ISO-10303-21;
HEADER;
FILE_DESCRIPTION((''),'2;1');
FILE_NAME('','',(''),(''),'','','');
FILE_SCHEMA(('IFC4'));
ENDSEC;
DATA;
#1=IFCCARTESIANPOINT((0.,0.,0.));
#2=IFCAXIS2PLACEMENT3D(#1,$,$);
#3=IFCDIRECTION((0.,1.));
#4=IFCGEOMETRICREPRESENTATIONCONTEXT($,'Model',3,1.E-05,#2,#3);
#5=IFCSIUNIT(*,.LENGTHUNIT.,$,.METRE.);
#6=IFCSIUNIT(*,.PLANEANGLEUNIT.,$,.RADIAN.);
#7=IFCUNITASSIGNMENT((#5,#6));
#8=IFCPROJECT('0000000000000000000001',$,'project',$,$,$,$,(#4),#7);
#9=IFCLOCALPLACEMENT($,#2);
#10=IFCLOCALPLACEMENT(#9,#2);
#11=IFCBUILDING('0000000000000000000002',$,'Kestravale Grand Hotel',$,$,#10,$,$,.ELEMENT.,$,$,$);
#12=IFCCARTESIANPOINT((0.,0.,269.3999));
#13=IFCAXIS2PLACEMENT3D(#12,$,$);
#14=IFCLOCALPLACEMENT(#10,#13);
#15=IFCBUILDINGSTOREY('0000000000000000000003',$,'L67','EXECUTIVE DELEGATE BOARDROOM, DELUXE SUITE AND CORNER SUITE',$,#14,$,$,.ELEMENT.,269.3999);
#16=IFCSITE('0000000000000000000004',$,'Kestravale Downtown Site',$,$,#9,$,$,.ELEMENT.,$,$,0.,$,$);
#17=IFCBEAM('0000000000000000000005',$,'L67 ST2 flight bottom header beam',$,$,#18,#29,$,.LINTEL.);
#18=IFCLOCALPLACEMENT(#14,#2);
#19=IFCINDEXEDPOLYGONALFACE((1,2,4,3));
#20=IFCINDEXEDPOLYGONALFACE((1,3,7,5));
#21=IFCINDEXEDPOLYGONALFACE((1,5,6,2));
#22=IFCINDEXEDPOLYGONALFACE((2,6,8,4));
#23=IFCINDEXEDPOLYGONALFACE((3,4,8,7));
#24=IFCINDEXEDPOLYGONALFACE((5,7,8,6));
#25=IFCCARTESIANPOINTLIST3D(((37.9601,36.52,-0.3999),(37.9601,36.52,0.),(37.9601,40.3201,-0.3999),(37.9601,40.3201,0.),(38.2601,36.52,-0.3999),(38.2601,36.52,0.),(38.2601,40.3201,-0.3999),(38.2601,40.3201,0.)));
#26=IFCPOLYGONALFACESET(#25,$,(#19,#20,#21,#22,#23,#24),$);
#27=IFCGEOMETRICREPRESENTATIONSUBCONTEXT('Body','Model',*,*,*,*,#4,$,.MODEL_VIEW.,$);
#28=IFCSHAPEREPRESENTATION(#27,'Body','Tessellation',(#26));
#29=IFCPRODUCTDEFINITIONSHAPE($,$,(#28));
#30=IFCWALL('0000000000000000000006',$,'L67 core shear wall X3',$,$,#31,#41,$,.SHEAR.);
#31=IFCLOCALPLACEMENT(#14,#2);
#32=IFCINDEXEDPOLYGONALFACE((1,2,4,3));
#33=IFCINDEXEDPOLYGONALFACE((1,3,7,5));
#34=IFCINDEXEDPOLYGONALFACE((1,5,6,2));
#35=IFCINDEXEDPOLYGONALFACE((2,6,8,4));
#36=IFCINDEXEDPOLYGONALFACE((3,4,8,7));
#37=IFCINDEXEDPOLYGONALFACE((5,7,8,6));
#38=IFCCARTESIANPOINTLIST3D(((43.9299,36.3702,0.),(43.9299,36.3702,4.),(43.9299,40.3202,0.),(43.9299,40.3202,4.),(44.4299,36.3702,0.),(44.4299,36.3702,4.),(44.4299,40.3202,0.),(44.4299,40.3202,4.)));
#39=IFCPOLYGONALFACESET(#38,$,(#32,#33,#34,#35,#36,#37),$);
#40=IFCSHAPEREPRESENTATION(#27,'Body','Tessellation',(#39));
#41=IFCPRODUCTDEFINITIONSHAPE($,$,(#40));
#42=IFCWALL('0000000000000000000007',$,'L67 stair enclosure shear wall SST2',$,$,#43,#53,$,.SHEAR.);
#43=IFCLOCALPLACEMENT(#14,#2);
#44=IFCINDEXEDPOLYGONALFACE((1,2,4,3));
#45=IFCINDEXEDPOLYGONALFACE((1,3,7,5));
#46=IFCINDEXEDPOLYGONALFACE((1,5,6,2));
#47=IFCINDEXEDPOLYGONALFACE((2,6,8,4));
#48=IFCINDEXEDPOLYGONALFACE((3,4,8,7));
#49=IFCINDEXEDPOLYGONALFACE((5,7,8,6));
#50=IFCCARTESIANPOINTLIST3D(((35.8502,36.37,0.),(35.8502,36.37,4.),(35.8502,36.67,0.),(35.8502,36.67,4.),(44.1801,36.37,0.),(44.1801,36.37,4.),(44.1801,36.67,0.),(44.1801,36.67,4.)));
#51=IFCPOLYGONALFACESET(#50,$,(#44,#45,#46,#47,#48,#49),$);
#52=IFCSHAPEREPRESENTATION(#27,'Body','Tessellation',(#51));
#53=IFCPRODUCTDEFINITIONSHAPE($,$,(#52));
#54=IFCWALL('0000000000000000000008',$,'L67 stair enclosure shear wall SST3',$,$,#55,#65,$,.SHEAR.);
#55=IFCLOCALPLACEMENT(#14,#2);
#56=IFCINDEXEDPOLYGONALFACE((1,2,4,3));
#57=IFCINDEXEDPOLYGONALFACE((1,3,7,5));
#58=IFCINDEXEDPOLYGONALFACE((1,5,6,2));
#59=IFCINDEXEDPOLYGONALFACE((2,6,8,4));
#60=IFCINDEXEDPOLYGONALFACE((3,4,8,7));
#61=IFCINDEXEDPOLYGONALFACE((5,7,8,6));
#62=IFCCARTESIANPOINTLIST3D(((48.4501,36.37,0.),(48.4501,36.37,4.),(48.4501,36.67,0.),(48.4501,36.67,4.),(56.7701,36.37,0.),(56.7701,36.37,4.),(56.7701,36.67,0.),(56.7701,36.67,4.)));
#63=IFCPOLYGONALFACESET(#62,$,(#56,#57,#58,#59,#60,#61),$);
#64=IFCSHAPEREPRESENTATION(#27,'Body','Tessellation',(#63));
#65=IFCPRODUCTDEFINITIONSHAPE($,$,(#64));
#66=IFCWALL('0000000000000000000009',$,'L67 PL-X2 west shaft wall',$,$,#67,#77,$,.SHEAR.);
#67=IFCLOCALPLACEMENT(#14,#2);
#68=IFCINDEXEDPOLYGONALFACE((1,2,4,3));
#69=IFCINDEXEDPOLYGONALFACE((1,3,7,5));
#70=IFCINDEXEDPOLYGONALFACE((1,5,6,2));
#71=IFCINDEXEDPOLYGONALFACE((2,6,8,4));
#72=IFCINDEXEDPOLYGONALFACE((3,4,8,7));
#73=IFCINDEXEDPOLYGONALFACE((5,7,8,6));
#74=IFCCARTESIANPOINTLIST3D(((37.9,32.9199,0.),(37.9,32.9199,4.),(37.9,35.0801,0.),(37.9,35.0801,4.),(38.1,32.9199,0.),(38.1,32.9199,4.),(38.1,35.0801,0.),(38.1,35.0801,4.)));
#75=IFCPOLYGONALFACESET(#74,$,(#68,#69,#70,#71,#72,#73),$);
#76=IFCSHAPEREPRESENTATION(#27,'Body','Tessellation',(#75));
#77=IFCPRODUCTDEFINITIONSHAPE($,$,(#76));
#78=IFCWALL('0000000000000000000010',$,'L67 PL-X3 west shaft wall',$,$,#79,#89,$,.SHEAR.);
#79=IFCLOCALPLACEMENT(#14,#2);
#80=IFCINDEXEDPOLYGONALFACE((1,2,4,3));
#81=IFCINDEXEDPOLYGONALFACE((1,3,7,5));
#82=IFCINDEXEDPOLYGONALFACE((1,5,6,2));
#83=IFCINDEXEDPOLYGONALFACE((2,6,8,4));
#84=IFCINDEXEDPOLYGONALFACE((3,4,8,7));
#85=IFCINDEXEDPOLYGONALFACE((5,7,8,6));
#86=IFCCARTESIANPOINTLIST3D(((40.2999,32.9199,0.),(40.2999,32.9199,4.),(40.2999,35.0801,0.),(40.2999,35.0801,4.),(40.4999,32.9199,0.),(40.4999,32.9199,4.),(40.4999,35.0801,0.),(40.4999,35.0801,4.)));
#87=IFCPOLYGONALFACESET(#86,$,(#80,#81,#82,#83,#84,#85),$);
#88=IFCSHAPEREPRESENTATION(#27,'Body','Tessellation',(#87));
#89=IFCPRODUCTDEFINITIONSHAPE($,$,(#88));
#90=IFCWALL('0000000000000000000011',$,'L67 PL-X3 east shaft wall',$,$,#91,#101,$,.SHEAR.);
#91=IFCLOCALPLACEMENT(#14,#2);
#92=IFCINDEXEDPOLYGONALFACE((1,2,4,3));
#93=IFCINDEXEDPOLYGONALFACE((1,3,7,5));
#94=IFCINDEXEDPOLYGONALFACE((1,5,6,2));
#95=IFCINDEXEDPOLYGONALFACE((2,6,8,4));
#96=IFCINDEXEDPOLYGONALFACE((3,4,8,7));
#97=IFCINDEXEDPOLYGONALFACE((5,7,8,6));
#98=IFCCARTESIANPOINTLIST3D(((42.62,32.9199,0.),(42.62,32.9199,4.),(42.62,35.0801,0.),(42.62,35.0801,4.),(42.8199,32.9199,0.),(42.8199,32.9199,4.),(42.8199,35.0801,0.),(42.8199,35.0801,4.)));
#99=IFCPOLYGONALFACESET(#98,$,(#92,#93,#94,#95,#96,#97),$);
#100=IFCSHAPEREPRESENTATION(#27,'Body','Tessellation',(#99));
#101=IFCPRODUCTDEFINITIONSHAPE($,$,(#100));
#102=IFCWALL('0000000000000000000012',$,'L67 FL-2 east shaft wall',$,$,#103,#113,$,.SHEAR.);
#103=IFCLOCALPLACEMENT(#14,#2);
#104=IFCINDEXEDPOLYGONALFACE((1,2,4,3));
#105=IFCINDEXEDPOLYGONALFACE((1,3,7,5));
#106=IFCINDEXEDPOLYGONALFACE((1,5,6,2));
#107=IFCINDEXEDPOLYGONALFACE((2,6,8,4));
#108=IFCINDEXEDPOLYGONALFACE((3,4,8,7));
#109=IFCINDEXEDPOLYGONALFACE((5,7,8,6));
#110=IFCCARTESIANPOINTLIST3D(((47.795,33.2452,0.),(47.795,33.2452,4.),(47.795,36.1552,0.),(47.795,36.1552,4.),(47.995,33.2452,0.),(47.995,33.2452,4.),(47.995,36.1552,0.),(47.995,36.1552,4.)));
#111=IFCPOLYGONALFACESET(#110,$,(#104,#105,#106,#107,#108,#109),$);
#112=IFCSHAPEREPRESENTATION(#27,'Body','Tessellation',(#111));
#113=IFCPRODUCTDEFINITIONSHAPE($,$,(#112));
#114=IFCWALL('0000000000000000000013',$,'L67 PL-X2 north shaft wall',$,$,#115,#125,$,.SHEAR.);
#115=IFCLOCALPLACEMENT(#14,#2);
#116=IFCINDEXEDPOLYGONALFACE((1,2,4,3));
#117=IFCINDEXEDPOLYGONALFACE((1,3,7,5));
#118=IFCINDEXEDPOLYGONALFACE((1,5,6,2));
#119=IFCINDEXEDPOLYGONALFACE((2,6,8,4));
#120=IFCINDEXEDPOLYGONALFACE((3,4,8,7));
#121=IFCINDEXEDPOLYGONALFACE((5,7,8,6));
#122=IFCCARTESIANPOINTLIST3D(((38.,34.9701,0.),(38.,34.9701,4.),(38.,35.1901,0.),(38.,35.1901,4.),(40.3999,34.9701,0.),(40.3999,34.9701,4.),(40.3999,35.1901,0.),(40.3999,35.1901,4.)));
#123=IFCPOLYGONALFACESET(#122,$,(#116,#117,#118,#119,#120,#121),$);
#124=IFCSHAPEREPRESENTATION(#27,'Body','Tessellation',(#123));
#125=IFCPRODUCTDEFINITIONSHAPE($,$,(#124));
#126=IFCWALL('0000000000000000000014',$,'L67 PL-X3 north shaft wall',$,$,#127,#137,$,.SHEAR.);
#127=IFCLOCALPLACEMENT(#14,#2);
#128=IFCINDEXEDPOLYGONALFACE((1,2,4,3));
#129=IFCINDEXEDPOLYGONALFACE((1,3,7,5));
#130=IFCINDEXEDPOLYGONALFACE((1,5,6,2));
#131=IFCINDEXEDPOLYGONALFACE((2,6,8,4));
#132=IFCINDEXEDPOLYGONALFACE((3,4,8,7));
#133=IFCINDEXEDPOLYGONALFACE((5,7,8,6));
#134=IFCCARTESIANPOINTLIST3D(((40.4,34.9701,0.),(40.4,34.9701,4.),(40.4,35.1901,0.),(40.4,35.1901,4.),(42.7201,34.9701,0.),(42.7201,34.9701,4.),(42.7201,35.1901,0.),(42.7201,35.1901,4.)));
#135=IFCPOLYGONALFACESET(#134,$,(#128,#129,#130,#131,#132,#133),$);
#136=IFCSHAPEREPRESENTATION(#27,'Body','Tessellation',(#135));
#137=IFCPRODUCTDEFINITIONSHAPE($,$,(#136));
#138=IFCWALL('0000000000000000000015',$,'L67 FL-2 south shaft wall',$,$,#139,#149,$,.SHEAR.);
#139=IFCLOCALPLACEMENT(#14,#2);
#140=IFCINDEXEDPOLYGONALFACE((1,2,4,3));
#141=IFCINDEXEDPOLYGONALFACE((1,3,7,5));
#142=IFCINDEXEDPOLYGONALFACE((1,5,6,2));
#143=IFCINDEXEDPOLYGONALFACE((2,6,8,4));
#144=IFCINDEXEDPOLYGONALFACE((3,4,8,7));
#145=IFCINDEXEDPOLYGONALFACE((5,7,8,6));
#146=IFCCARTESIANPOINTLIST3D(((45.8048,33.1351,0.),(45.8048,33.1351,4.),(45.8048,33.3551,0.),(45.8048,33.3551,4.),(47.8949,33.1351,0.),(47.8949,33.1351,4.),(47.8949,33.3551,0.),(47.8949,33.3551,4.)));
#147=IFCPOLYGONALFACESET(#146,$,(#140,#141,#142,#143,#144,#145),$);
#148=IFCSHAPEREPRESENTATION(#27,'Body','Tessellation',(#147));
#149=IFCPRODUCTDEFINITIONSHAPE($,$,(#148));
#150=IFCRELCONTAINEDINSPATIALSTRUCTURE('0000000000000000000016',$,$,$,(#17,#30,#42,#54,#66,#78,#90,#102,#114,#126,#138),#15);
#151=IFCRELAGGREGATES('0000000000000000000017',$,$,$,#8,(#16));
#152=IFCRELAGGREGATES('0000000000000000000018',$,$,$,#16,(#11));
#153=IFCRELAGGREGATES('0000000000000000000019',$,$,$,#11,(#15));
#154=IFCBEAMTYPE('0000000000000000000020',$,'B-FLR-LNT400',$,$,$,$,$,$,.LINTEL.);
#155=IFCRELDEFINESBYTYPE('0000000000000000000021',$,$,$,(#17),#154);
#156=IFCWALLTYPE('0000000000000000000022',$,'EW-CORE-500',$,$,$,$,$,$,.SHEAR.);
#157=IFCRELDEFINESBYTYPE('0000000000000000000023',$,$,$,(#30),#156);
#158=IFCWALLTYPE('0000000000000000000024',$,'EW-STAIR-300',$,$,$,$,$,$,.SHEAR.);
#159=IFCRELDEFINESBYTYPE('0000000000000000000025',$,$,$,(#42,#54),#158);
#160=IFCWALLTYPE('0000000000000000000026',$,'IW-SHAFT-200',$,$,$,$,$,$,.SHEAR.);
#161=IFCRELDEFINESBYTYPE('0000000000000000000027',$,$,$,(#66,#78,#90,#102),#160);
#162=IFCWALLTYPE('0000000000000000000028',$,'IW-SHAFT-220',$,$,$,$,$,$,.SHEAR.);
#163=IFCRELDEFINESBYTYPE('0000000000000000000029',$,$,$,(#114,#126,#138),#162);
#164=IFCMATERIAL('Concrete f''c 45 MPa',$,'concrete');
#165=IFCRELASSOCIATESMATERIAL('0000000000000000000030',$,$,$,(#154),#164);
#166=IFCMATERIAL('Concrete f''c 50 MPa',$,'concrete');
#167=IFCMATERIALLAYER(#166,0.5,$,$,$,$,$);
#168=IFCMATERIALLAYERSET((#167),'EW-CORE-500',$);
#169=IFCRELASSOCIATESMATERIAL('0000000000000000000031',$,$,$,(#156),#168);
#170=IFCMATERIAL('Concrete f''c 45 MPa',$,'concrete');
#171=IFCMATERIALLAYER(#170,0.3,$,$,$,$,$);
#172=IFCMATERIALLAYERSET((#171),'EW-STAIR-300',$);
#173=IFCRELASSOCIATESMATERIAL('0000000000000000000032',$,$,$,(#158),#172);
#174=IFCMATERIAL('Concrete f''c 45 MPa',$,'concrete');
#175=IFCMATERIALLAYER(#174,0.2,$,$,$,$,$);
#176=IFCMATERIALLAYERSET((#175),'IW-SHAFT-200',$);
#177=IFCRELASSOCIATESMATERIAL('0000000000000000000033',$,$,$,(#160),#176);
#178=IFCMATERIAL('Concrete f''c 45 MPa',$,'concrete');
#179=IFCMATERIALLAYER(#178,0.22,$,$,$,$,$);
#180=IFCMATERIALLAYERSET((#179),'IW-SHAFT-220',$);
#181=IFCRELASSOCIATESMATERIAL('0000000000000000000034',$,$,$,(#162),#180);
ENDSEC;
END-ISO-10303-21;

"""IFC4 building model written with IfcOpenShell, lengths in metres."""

from ifc_helpers import new_model, si_unit, direction, frame, frame_2d, origin, origin_2d, place, context, subcontext, project, spatial, rectangle, extrude, material, layer, layer_set, material_profile, profile_set, type_object, element, save


model = new_model("IFC4")

# Units and contexts
model_context = context("Model", 3, precision=1e-05, world=origin(), true_north=direction((0.0, 1.0)))
body_context = subcontext(model_context, "Body", "Model", "MODEL_VIEW")
ifc_project = project(units=[si_unit("LENGTHUNIT", "METRE"), si_unit("PLANEANGLEUNIT", "RADIAN")], contexts=[model_context])

# Site, building, storey
site_placement = place(None, origin())
site = spatial("IfcSite", under=ifc_project, at=site_placement, Name="Kestravale Downtown Site", CompositionType="ELEMENT", RefElevation=0.0)
building_placement = place(site_placement, origin())
building = spatial("IfcBuilding", under=site, at=building_placement, Name="Kestravale Grand Hotel", CompositionType="ELEMENT")
storey_placement = place(building_placement, frame((0.0, 0.0, 269.3999)))
storey = spatial("IfcBuildingStorey", under=building, at=storey_placement, Name="L67", Description="EXECUTIVE DELEGATE BOARDROOM, DELUXE SUITE AND CORNER SUITE", CompositionType="ELEMENT", Elevation=269.3999)

# Beam
ifc_material_1 = material(Name="Concrete f'c 45 MPa", Category="concrete")
ifc_material_profile = material_profile(ifc_material_1, rectangle(XDim=0.3, YDim=0.3999, at=origin_2d()))
ifc_profile_set = profile_set([ifc_material_profile], Name="Concrete f'c 45 MPa")
beam_type = type_object("IfcBeamType", Name="B-FLR-LNT400", PredefinedType="LINTEL", material=ifc_profile_set)
beam_placement = place(storey_placement, frame((38.1101, 36.52, -0.2), z_axis=(0.0, 1.0, 0.0), x_axis=(-1.0, 0.0, 0.0)))
element("IfcBeam", 1, at=beam_placement, inside=storey, type_object=beam_type, Name="L67 ST2 flight bottom header beam", PredefinedType="LINTEL", context=body_context, shape_type="SweptSolid", body=[
    extrude(rectangle(XDim=0.3, YDim=0.3999, at=origin_2d()), origin(), (0.0, 0.0, 1.0), 3.8),
])

# Shared definitions
ifc_material_2 = material(Name="Concrete f'c 50 MPa", Category="concrete")
ifc_layer_1 = layer(ifc_material_2, 0.5)
ifc_layer_set_1 = layer_set([ifc_layer_1], Name="EW-CORE-500")
wall_type_1 = type_object("IfcWallType", Name="EW-CORE-500", PredefinedType="SHEAR", material=ifc_layer_set_1)

# Walls
wall_1_placement = place(storey_placement, frame((44.1799, 36.3701, 0.0), z_axis=(0.0, 0.0, 1.0), x_axis=(0.0, 1.0, 0.0)))
element("IfcWall", 2, at=wall_1_placement, inside=storey, type_object=wall_type_1, Name="L67 core shear wall X3", PredefinedType="SHEAR", context=body_context, shape_type="SweptSolid", body=[
    extrude(rectangle(XDim=3.95, YDim=0.5, at=frame_2d((1.9751, 0.0))), origin(), (0.0, 0.0, 1.0), 4.0),
])
ifc_material_3 = material(Name="Concrete f'c 45 MPa", Category="concrete")
ifc_layer_2 = layer(ifc_material_3, 0.3)
ifc_layer_set_2 = layer_set([ifc_layer_2], Name="EW-STAIR-300")
wall_type_2 = type_object("IfcWallType", Name="EW-STAIR-300", PredefinedType="SHEAR", material=ifc_layer_set_2)
wall_2_placement = place(storey_placement, frame((35.8501, 36.52, 0.0), z_axis=(0.0, 0.0, 1.0), x_axis=(1.0, 0.0, 0.0)))
element("IfcWall", 3, at=wall_2_placement, inside=storey, type_object=wall_type_2, Name="L67 stair enclosure shear wall SST2", PredefinedType="SHEAR", context=body_context, shape_type="SweptSolid", body=[
    extrude(rectangle(XDim=8.3298, YDim=0.3, at=frame_2d((4.165, 0.0))), origin(), (0.0, 0.0, 1.0), 4.0),
])
wall_3_placement = place(storey_placement, frame((48.45, 36.52, 0.0), z_axis=(0.0, 0.0, 1.0), x_axis=(1.0, 0.0, 0.0)))
element("IfcWall", 4, at=wall_3_placement, inside=storey, type_object=wall_type_2, Name="L67 stair enclosure shear wall SST3", PredefinedType="SHEAR", context=body_context, shape_type="SweptSolid", body=[
    extrude(rectangle(XDim=8.3201, YDim=0.3, at=frame_2d((4.1602, 0.0))), origin(), (0.0, 0.0, 1.0), 4.0),
])

# Walls
ifc_material_4 = material(Name="Concrete f'c 45 MPa", Category="concrete")
ifc_layer_3 = layer(ifc_material_4, 0.2)
ifc_layer_set_3 = layer_set([ifc_layer_3], Name="IW-SHAFT-200")
wall_type_3 = type_object("IfcWallType", Name="IW-SHAFT-200", PredefinedType="SHEAR", material=ifc_layer_set_3)
for number, where, z_axis, x_axis, name in (
    (5, (38.0, 32.9199, 0.0), (0.0, 0.0, 1.0), (0.0, 1.0, 0.0), "L67 PL-X2 west shaft wall"),
    (6, (40.3999, 32.9199, 0.0), (0.0, 0.0, 1.0), (0.0, 1.0, 0.0), "L67 PL-X3 west shaft wall"),
    (7, (42.72, 32.9199, 0.0), (0.0, 0.0, 1.0), (0.0, 1.0, 0.0), "L67 PL-X3 east shaft wall"),
):
    element("IfcWall", number, at=place(storey_placement, frame(where, z_axis=z_axis, x_axis=x_axis)), inside=storey, type_object=wall_type_3, Name=name, PredefinedType="SHEAR", context=body_context, shape_type="SweptSolid", body=[
        extrude(rectangle(XDim=2.1602, YDim=0.2, at=frame_2d((1.0801, 0.0))), origin(), (0.0, 0.0, 1.0), 4.0),
    ])
wall_4_placement = place(storey_placement, frame((47.895, 33.2451, 0.0), z_axis=(0.0, 0.0, 1.0), x_axis=(0.0, 1.0, 0.0)))
element("IfcWall", 8, at=wall_4_placement, inside=storey, type_object=wall_type_3, Name="L67 FL-2 east shaft wall", PredefinedType="SHEAR", context=body_context, shape_type="SweptSolid", body=[
    extrude(rectangle(XDim=2.9099, YDim=0.2, at=frame_2d((1.4551, 0.0))), origin(), (0.0, 0.0, 1.0), 4.0),
])
ifc_material_5 = material(Name="Concrete f'c 45 MPa", Category="concrete")
ifc_layer_4 = layer(ifc_material_5, 0.22)
ifc_layer_set_4 = layer_set([ifc_layer_4], Name="IW-SHAFT-220")
wall_type_4 = type_object("IfcWallType", Name="IW-SHAFT-220", PredefinedType="SHEAR", material=ifc_layer_set_4)
wall_5_placement = place(storey_placement, frame((38.0, 35.0801, 0.0), z_axis=(0.0, 0.0, 1.0), x_axis=(1.0, 0.0, 0.0)))
element("IfcWall", 9, at=wall_5_placement, inside=storey, type_object=wall_type_4, Name="L67 PL-X2 north shaft wall", PredefinedType="SHEAR", context=body_context, shape_type="SweptSolid", body=[
    extrude(rectangle(XDim=2.3999, YDim=0.22, at=frame_2d((1.2, 0.0))), origin(), (0.0, 0.0, 1.0), 4.0),
])

# Wall
wall_6_placement = place(storey_placement, frame((40.3999, 35.0801, 0.0), z_axis=(0.0, 0.0, 1.0), x_axis=(1.0, 0.0, 0.0)))
element("IfcWall", 10, at=wall_6_placement, inside=storey, type_object=wall_type_4, Name="L67 PL-X3 north shaft wall", PredefinedType="SHEAR", context=body_context, shape_type="SweptSolid", body=[
    extrude(rectangle(XDim=2.3201, YDim=0.22, at=frame_2d((1.1602, 0.0))), origin(), (0.0, 0.0, 1.0), 4.0),
])

# Wall
wall_7_placement = place(storey_placement, frame((45.8049, 33.2451, 0.0), z_axis=(0.0, 0.0, 1.0), x_axis=(1.0, 0.0, 0.0)))
element("IfcWall", 11, at=wall_7_placement, inside=storey, type_object=wall_type_4, Name="L67 FL-2 south shaft wall", PredefinedType="SHEAR", context=body_context, shape_type="SweptSolid", body=[
    extrude(rectangle(XDim=2.0901, YDim=0.22, at=frame_2d((1.0449, 0.0))), origin(), (0.0, 0.0, 1.0), 4.0),
])

save(model, "model.ifc")
